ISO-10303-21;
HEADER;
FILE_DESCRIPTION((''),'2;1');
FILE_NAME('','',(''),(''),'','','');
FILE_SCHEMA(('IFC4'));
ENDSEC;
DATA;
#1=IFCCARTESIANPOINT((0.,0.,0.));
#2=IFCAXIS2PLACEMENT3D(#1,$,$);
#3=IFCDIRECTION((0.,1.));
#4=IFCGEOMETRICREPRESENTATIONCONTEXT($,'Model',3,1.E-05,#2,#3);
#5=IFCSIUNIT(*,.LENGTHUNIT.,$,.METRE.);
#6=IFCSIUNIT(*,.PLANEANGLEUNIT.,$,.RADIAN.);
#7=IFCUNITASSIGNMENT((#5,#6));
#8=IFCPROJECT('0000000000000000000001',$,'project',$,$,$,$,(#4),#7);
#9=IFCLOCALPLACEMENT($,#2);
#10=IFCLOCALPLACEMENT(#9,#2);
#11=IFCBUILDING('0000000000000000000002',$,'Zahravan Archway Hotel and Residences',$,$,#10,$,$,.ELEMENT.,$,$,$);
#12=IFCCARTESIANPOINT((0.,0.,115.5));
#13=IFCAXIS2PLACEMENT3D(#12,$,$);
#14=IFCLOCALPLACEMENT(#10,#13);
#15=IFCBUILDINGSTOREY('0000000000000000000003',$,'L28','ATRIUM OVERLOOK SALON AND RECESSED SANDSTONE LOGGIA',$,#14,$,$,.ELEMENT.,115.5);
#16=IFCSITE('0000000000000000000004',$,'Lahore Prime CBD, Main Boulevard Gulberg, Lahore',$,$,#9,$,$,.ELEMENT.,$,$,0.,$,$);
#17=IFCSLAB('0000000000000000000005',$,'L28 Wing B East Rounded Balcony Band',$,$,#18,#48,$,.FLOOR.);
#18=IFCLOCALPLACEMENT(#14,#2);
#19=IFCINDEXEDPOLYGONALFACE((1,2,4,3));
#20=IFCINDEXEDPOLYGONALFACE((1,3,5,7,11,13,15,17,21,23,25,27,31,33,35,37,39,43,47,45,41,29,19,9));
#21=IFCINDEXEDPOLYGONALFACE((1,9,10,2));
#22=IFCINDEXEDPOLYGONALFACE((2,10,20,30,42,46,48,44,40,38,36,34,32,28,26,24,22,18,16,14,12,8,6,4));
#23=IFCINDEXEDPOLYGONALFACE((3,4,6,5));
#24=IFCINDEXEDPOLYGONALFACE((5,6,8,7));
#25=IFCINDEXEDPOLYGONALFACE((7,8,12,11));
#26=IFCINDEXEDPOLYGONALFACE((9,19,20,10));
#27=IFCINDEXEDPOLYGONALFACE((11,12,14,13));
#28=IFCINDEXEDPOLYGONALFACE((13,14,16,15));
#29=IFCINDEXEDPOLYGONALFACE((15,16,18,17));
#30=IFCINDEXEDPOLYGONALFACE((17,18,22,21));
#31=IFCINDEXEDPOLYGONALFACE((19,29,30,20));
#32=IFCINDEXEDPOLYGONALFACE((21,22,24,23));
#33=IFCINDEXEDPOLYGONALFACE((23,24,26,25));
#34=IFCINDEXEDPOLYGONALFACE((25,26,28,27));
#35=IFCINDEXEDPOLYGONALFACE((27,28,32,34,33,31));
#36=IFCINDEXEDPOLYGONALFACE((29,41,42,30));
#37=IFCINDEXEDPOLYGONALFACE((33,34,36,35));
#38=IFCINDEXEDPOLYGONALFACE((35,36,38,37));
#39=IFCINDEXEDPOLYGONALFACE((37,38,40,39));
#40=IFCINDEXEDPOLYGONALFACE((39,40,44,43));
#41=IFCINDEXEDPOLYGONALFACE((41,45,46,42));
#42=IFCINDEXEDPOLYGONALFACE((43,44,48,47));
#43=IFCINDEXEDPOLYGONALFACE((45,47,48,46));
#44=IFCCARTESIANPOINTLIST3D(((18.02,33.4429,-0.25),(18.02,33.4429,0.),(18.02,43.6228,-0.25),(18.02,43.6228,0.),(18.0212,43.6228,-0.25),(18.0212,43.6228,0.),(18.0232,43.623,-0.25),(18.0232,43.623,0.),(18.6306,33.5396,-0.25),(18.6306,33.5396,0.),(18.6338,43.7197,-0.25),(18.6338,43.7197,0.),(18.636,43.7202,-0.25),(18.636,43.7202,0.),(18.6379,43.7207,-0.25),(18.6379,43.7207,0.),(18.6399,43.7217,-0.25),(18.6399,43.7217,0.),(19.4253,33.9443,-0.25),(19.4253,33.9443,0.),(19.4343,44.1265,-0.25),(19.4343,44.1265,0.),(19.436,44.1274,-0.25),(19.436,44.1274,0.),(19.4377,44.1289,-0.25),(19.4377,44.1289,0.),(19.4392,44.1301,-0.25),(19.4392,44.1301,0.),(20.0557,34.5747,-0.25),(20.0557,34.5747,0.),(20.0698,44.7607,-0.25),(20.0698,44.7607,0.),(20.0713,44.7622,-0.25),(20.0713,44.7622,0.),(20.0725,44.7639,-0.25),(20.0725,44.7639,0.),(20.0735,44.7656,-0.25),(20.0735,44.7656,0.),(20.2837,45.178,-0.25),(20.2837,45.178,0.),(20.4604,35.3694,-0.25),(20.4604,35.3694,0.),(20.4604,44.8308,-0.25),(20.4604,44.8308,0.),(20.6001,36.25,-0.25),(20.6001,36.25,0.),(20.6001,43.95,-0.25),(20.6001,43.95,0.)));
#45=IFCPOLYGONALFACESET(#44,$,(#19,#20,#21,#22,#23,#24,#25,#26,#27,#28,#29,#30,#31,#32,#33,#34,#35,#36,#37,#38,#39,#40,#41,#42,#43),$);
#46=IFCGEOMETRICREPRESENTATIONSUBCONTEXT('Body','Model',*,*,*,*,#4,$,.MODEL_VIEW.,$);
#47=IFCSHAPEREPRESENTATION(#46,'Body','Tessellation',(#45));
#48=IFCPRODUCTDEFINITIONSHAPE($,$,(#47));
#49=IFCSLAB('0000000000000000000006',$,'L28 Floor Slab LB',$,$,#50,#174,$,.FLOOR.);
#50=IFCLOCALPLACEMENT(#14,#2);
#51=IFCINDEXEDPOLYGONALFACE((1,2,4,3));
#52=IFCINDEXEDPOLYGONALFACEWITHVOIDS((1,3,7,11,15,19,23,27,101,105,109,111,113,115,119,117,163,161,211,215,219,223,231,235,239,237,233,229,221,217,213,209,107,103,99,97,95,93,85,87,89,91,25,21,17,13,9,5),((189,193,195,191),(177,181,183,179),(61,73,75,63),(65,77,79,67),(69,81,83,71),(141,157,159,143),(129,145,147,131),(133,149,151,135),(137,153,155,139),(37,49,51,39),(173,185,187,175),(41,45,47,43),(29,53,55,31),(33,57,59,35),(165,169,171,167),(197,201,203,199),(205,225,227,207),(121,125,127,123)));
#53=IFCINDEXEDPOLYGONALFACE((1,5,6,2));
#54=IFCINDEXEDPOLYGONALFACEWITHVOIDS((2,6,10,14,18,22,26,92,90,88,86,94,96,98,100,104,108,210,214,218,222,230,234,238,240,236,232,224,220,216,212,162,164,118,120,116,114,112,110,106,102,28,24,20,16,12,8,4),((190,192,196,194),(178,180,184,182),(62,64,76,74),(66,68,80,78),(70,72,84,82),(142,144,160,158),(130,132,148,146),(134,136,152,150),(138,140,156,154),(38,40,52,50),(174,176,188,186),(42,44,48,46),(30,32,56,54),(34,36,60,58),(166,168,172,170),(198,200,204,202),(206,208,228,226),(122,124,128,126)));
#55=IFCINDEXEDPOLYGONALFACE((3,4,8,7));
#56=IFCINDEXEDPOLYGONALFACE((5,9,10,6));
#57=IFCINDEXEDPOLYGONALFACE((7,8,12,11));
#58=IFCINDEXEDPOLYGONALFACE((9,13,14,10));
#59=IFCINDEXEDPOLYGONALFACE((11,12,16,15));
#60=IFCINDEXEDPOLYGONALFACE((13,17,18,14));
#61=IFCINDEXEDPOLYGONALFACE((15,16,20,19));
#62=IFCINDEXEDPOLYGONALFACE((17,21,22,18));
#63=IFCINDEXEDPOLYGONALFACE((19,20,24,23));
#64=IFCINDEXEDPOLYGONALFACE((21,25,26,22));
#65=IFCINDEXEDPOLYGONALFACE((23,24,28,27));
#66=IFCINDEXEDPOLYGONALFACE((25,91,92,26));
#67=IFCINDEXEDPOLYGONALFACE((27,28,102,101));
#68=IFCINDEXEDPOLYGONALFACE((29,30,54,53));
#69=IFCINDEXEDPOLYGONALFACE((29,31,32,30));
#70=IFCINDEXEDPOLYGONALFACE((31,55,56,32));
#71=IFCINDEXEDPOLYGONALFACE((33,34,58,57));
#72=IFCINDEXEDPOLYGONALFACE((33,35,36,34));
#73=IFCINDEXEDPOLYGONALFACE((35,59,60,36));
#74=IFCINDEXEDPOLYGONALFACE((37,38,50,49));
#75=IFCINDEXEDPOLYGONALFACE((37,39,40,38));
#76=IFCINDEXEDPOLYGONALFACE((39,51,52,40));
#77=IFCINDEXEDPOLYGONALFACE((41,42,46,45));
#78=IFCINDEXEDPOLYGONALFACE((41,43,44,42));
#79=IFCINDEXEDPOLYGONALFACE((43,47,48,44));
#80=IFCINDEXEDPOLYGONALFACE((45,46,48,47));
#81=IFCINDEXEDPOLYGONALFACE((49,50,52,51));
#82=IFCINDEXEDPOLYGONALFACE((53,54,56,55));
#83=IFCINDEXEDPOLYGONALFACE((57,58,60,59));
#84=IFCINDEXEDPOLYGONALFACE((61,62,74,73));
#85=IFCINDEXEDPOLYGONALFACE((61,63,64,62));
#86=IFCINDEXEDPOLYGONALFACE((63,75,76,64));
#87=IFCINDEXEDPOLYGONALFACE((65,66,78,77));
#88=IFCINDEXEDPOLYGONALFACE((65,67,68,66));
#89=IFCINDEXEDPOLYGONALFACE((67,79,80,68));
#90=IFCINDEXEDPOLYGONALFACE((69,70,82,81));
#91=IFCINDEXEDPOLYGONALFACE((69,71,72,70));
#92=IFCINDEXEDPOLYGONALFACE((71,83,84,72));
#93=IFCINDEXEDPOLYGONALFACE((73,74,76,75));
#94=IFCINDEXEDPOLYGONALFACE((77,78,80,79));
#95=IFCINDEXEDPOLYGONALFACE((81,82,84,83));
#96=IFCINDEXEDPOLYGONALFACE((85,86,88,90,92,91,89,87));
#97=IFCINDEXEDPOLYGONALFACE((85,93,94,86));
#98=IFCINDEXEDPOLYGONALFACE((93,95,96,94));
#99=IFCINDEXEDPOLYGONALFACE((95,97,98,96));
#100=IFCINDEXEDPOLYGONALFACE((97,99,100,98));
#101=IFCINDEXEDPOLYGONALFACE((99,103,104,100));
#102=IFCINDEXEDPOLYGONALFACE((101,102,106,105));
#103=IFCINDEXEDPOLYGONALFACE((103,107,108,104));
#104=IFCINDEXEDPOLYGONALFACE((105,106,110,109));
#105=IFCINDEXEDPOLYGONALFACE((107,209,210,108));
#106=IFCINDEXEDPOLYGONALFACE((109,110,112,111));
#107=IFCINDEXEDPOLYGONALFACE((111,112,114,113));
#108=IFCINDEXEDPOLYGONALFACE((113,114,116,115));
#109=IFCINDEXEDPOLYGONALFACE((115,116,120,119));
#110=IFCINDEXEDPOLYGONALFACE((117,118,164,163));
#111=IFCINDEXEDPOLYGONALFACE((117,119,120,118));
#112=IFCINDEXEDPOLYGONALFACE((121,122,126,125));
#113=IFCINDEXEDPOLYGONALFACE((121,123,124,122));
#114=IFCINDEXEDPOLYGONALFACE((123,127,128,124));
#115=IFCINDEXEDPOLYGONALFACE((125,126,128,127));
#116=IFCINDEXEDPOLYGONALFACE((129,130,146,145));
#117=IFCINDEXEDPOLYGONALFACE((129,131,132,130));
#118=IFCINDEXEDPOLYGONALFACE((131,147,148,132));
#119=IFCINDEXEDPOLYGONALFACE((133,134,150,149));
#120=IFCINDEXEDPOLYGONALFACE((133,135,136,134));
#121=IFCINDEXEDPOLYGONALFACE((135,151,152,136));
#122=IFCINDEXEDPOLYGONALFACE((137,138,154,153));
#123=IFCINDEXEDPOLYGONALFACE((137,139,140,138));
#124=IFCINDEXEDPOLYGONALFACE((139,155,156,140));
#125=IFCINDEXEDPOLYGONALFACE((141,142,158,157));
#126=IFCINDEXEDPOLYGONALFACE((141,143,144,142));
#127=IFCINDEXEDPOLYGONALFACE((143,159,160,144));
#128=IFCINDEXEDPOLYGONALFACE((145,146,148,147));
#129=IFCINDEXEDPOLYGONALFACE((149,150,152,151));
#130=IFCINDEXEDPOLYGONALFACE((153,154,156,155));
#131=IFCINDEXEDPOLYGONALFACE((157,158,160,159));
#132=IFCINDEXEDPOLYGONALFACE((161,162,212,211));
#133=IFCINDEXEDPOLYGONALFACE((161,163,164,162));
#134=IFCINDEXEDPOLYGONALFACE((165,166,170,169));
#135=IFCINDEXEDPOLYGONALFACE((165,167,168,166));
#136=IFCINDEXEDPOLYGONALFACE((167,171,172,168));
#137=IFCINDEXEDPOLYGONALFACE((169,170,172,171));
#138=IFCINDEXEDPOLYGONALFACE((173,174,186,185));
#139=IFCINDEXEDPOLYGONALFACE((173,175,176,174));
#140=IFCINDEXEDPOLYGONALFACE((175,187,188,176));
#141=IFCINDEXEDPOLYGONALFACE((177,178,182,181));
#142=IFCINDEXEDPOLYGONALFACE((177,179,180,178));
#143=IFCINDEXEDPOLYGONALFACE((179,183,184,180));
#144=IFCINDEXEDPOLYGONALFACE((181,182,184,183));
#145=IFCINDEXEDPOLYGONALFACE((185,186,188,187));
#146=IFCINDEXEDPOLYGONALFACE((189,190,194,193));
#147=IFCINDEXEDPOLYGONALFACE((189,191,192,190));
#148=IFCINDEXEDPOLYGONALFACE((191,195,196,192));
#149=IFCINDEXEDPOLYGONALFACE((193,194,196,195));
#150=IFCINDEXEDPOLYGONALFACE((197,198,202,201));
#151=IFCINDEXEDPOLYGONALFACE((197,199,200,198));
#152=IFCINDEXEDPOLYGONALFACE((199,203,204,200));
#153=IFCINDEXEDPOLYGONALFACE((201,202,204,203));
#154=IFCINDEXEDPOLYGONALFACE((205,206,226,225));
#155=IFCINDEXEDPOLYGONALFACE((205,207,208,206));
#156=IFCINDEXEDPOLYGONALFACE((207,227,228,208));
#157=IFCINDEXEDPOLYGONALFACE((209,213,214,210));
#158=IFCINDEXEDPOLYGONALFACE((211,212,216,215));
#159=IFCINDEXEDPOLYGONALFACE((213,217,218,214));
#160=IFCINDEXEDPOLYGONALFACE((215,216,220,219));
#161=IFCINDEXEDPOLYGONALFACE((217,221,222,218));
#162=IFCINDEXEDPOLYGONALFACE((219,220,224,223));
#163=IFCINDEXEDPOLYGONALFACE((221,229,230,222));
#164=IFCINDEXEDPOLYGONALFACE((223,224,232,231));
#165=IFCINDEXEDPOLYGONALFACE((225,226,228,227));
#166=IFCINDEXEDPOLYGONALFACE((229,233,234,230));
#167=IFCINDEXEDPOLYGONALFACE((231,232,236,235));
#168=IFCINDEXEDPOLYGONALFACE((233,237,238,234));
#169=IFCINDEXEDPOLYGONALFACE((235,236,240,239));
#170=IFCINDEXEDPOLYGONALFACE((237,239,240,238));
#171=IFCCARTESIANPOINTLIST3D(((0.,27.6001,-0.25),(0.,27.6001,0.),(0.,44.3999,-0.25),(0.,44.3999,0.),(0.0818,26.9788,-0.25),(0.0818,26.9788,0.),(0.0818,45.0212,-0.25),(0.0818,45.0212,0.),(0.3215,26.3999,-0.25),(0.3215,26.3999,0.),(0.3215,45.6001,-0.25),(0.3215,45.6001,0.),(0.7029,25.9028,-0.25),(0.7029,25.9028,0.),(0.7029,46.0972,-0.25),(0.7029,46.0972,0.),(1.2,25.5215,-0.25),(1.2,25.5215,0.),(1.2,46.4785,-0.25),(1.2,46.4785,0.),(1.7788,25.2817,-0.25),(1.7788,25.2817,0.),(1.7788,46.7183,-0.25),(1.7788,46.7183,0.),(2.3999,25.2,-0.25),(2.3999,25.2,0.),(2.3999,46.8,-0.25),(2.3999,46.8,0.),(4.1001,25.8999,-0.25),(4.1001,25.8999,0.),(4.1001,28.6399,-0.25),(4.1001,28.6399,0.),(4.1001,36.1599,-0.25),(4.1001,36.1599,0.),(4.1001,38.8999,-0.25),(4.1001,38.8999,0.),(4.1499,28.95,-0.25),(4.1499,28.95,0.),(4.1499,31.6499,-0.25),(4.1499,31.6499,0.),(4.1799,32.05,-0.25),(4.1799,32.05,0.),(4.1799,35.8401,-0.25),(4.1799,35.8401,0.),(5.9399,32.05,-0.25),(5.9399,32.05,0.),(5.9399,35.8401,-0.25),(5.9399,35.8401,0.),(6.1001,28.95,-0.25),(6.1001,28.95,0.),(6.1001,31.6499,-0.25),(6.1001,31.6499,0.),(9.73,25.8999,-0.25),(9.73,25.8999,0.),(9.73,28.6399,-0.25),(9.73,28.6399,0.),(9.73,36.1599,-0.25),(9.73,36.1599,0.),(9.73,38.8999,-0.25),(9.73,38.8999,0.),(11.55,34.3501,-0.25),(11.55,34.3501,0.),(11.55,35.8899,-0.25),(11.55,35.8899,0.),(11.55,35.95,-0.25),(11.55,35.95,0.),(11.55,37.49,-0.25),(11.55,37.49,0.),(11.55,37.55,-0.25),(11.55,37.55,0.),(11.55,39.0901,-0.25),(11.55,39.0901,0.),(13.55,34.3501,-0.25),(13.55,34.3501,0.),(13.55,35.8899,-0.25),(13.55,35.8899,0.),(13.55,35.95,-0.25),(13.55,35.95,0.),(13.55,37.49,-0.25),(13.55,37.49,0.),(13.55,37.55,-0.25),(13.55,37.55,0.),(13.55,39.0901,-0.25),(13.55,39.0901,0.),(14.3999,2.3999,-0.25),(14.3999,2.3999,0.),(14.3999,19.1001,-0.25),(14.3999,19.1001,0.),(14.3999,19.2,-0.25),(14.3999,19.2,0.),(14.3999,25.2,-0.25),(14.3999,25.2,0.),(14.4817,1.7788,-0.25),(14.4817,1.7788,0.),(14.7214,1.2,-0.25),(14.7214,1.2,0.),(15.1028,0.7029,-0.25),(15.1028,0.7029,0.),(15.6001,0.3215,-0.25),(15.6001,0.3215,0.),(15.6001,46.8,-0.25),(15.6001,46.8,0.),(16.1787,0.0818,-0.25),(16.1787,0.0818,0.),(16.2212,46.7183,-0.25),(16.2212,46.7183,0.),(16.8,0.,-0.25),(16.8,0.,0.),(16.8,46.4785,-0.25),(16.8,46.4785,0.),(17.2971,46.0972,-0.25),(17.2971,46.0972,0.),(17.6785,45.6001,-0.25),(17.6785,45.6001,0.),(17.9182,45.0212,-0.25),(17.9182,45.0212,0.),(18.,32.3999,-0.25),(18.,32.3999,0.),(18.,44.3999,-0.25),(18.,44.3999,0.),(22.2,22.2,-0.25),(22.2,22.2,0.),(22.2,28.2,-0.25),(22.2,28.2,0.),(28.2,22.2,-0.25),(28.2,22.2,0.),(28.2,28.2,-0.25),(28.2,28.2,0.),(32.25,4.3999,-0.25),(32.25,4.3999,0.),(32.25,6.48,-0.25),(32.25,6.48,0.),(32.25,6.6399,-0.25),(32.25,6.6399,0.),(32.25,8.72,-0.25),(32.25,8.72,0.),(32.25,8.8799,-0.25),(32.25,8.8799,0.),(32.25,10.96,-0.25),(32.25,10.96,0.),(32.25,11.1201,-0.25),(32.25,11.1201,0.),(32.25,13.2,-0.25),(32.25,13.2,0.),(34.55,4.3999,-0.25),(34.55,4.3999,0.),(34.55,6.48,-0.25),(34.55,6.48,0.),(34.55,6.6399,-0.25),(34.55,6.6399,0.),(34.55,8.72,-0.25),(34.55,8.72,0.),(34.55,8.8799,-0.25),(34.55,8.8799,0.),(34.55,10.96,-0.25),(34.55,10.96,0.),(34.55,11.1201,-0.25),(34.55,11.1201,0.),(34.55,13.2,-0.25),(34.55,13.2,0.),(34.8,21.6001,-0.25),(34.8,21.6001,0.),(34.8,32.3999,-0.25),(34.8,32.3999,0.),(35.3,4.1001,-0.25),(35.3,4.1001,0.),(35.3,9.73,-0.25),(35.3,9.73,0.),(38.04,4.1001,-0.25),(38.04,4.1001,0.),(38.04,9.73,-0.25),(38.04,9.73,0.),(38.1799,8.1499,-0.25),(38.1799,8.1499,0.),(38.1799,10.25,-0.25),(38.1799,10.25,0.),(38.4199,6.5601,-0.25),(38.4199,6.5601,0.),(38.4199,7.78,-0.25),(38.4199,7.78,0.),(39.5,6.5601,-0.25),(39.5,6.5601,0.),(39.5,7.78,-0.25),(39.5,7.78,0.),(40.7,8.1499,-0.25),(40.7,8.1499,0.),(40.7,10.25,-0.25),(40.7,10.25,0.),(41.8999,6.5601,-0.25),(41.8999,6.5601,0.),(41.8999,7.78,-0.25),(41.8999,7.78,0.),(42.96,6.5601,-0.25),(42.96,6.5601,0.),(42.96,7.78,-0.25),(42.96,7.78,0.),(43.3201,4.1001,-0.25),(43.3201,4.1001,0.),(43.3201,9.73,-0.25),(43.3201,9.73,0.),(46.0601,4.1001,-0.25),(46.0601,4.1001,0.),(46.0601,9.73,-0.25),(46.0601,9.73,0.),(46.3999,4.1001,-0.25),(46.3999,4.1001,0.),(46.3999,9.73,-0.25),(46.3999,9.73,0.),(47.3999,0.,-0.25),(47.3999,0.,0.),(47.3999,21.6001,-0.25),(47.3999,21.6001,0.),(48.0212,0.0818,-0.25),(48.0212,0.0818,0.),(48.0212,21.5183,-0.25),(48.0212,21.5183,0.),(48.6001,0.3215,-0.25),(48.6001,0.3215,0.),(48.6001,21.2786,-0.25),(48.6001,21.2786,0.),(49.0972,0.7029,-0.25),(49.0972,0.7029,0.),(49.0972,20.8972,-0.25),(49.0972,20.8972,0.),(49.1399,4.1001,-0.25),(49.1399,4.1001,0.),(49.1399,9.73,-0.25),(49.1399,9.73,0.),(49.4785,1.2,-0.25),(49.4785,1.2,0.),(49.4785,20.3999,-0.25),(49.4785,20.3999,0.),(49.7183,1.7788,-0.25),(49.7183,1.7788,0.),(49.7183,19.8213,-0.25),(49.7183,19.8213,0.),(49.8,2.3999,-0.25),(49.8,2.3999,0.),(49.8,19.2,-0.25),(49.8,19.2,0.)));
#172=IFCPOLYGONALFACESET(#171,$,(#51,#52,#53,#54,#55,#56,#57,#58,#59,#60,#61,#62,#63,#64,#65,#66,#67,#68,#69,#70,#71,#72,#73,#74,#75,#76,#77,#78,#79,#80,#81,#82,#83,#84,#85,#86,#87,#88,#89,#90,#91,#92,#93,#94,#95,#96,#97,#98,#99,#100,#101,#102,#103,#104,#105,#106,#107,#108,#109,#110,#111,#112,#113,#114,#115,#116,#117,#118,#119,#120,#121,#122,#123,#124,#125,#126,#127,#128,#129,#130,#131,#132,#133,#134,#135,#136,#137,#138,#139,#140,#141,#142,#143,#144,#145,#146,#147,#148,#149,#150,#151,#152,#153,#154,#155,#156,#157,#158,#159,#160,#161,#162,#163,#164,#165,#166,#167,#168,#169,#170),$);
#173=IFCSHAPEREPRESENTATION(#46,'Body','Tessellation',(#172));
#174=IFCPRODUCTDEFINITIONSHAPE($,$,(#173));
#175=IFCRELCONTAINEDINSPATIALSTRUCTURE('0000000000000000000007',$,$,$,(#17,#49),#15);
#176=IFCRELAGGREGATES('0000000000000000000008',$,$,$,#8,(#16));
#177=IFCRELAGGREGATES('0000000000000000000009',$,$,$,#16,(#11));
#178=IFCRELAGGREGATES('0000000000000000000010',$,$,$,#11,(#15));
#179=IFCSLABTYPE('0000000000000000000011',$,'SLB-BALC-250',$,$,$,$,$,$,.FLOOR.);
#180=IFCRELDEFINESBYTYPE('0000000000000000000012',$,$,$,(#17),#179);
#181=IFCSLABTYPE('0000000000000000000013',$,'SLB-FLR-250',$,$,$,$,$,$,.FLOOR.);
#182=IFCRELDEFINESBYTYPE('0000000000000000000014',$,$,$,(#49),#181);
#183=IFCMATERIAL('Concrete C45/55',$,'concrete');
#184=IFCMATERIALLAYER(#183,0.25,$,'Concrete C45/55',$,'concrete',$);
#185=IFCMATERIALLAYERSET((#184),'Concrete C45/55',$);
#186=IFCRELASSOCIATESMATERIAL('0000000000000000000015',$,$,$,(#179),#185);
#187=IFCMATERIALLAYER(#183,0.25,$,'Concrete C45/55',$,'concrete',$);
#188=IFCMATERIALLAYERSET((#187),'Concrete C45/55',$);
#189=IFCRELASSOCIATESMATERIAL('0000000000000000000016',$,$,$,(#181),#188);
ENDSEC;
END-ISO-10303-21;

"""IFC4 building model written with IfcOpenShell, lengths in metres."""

from ifc_helpers import new_model, si_unit, direction, frame, origin, place, context, subcontext, project, spatial, polyline, outline, extrude, material, layer, layer_set, type_object, element, save


model = new_model("IFC4")

# Units and contexts
model_context = context("Model", 3, precision=1e-05, world=origin(), true_north=direction((0.0, 1.0)))
body_context = subcontext(model_context, "Body", "Model", "MODEL_VIEW")
ifc_project = project(units=[si_unit("LENGTHUNIT", "METRE"), si_unit("PLANEANGLEUNIT", "RADIAN")], contexts=[model_context])

# Site, building, storey
site_placement = place(None, origin())
site = spatial("IfcSite", under=ifc_project, at=site_placement, Name="Lahore Prime CBD, Main Boulevard Gulberg, Lahore", CompositionType="ELEMENT", RefElevation=0.0)
building_placement = place(site_placement, origin())
building = spatial("IfcBuilding", under=site, at=building_placement, Name="Zahravan Archway Hotel and Residences", CompositionType="ELEMENT")
storey_placement = place(building_placement, frame((0.0, 0.0, 115.5)))
storey = spatial("IfcBuildingStorey", under=building, at=storey_placement, Name="L28", Description="ATRIUM OVERLOOK SALON AND RECESSED SANDSTONE LOGGIA", CompositionType="ELEMENT", Elevation=115.5)

# Slabs
ifc_material_1 = material(Name="Concrete C45/55", Category="concrete")
ifc_layer_1 = layer(ifc_material_1, 0.25, Name="Concrete C45/55", Category="concrete")
ifc_layer_set_1 = layer_set([ifc_layer_1], Name="Concrete C45/55")
slab_type_1 = type_object("IfcSlabType", Name="SLB-BALC-250", PredefinedType="FLOOR", material=ifc_layer_set_1)
slab_1_placement = place(storey_placement, frame((0.0, 0.0, -0.25)))
element("IfcSlab", 1, at=slab_1_placement, inside=storey, type_object=slab_type_1, Name="L28 Wing B East Rounded Balcony Band", PredefinedType="FLOOR", context=body_context, shape_type="SweptSolid", body=[
    extrude(outline(polyline([(20.4604, 44.8308), (20.6001, 43.95), (20.6001, 36.25), (20.4604, 35.3694), (20.0557, 34.5747), (19.4253, 33.9443), (18.6306, 33.5396), (18.02, 33.4429), (18.02, 43.6228), (18.0212, 43.6228), (18.0232, 43.623), (18.6338, 43.7197), (18.636, 43.7202), (18.6379, 43.7207), (18.6399, 43.7217), (19.4343, 44.1265), (19.436, 44.1274), (19.4377, 44.1289), (19.4392, 44.1301), (20.0698, 44.7607), (20.0713, 44.7622), (20.0725, 44.7639), (20.0735, 44.7656), (20.2837, 45.178), (20.4604, 44.8308)])), origin(), (0.0, 0.0, 1.0), 0.25),
])
ifc_layer_2 = layer(ifc_material_1, 0.25, Name="Concrete C45/55", Category="concrete")
ifc_layer_set_2 = layer_set([ifc_layer_2], Name="Concrete C45/55")
slab_type_2 = type_object("IfcSlabType", Name="SLB-FLR-250", PredefinedType="FLOOR", material=ifc_layer_set_2)
slab_2_placement = place(storey_placement, frame((0.0, 0.0, -0.25)))
element("IfcSlab", 2, at=slab_2_placement, inside=storey, type_object=slab_type_2, Name="L28 Floor Slab LB", PredefinedType="FLOOR", context=body_context, shape_type="SweptSolid", body=[
    extrude(outline(polyline([(34.8, 21.6001), (34.8, 32.3999), (18.0, 32.3999), (18.0, 44.3999), (17.9182, 45.0212), (17.6785, 45.6001), (17.2971, 46.0972), (16.8, 46.4785), (16.2212, 46.7183), (15.6001, 46.8), (2.3999, 46.8), (1.7788, 46.7183), (1.2, 46.4785), (0.7029, 46.0972), (0.3215, 45.6001), (0.0818, 45.0212), (0.0, 44.3999), (0.0, 27.6001), (0.0818, 26.9788), (0.3215, 26.3999), (0.7029, 25.9028), (1.2, 25.5215), (1.7788, 25.2817), (2.3999, 25.2), (14.3999, 25.2), (14.3999, 19.2), (14.3999, 19.1001), (14.3999, 2.3999), (14.4817, 1.7788), (14.7214, 1.2), (15.1028, 0.7029), (15.6001, 0.3215), (16.1787, 0.0818), (16.8, 0.0), (47.3999, 0.0), (48.0212, 0.0818), (48.6001, 0.3215), (49.0972, 0.7029), (49.4785, 1.2), (49.7183, 1.7788), (49.8, 2.3999), (49.8, 19.2), (49.7183, 19.8213), (49.4785, 20.3999), (49.0972, 20.8972), (48.6001, 21.2786), (48.0212, 21.5183), (47.3999, 21.6001), (34.8, 21.6001)]), holes=[polyline([(35.3, 9.73), (35.3, 4.1001), (38.04, 4.1001), (38.04, 9.73), (35.3, 9.73)]), polyline([(43.3201, 9.73), (43.3201, 4.1001), (46.0601, 4.1001), (46.0601, 9.73), (43.3201, 9.73)]), polyline([(46.3999, 9.73), (46.3999, 4.1001), (49.1399, 4.1001), (49.1399, 9.73), (46.3999, 9.73)]), polyline([(9.73, 28.6399), (4.1001, 28.6399), (4.1001, 25.8999), (9.73, 25.8999), (9.73, 28.6399)]), polyline([(9.73, 38.8999), (4.1001, 38.8999), (4.1001, 36.1599), (9.73, 36.1599), (9.73, 38.8999)]), polyline([(38.1799, 8.1499), (40.7, 8.1499), (40.7, 10.25), (38.1799, 10.25), (38.1799, 8.1499)]), polyline([(4.1499, 28.95), (6.1001, 28.95), (6.1001, 31.6499), (4.1499, 31.6499), (4.1499, 28.95)]), polyline([(11.55, 34.3501), (13.55, 34.3501), (13.55, 35.8899), (11.55, 35.8899), (11.55, 34.3501)]), polyline([(11.55, 35.95), (13.55, 35.95), (13.55, 37.49), (11.55, 37.49), (11.55, 35.95)]), polyline([(11.55, 37.55), (13.55, 37.55), (13.55, 39.0901), (11.55, 39.0901), (11.55, 37.55)]), polyline([(32.25, 4.3999), (34.55, 4.3999), (34.55, 6.48), (32.25, 6.48), (32.25, 4.3999)]), polyline([(32.25, 6.6399), (34.55, 6.6399), (34.55, 8.72), (32.25, 8.72), (32.25, 6.6399)]), polyline([(32.25, 8.8799), (34.55, 8.8799), (34.55, 10.96), (32.25, 10.96), (32.25, 8.8799)]), polyline([(32.25, 11.1201), (34.55, 11.1201), (34.55, 13.2), (32.25, 13.2), (32.25, 11.1201)]), polyline([(22.2, 22.2), (28.2, 22.2), (28.2, 28.2), (22.2, 28.2), (22.2, 22.2)]), polyline([(38.4199, 6.5601), (39.5, 6.5601), (39.5, 7.78), (38.4199, 7.78), (38.4199, 6.5601)]), polyline([(41.8999, 6.5601), (42.96, 6.5601), (42.96, 7.78), (41.8999, 7.78), (41.8999, 6.5601)]), polyline([(4.1799, 32.05), (5.9399, 32.05), (5.9399, 35.8401), (4.1799, 35.8401), (4.1799, 32.05)])]), origin(), (0.0, 0.0, 1.0), 0.25),
])

save(model, "model.ifc")
